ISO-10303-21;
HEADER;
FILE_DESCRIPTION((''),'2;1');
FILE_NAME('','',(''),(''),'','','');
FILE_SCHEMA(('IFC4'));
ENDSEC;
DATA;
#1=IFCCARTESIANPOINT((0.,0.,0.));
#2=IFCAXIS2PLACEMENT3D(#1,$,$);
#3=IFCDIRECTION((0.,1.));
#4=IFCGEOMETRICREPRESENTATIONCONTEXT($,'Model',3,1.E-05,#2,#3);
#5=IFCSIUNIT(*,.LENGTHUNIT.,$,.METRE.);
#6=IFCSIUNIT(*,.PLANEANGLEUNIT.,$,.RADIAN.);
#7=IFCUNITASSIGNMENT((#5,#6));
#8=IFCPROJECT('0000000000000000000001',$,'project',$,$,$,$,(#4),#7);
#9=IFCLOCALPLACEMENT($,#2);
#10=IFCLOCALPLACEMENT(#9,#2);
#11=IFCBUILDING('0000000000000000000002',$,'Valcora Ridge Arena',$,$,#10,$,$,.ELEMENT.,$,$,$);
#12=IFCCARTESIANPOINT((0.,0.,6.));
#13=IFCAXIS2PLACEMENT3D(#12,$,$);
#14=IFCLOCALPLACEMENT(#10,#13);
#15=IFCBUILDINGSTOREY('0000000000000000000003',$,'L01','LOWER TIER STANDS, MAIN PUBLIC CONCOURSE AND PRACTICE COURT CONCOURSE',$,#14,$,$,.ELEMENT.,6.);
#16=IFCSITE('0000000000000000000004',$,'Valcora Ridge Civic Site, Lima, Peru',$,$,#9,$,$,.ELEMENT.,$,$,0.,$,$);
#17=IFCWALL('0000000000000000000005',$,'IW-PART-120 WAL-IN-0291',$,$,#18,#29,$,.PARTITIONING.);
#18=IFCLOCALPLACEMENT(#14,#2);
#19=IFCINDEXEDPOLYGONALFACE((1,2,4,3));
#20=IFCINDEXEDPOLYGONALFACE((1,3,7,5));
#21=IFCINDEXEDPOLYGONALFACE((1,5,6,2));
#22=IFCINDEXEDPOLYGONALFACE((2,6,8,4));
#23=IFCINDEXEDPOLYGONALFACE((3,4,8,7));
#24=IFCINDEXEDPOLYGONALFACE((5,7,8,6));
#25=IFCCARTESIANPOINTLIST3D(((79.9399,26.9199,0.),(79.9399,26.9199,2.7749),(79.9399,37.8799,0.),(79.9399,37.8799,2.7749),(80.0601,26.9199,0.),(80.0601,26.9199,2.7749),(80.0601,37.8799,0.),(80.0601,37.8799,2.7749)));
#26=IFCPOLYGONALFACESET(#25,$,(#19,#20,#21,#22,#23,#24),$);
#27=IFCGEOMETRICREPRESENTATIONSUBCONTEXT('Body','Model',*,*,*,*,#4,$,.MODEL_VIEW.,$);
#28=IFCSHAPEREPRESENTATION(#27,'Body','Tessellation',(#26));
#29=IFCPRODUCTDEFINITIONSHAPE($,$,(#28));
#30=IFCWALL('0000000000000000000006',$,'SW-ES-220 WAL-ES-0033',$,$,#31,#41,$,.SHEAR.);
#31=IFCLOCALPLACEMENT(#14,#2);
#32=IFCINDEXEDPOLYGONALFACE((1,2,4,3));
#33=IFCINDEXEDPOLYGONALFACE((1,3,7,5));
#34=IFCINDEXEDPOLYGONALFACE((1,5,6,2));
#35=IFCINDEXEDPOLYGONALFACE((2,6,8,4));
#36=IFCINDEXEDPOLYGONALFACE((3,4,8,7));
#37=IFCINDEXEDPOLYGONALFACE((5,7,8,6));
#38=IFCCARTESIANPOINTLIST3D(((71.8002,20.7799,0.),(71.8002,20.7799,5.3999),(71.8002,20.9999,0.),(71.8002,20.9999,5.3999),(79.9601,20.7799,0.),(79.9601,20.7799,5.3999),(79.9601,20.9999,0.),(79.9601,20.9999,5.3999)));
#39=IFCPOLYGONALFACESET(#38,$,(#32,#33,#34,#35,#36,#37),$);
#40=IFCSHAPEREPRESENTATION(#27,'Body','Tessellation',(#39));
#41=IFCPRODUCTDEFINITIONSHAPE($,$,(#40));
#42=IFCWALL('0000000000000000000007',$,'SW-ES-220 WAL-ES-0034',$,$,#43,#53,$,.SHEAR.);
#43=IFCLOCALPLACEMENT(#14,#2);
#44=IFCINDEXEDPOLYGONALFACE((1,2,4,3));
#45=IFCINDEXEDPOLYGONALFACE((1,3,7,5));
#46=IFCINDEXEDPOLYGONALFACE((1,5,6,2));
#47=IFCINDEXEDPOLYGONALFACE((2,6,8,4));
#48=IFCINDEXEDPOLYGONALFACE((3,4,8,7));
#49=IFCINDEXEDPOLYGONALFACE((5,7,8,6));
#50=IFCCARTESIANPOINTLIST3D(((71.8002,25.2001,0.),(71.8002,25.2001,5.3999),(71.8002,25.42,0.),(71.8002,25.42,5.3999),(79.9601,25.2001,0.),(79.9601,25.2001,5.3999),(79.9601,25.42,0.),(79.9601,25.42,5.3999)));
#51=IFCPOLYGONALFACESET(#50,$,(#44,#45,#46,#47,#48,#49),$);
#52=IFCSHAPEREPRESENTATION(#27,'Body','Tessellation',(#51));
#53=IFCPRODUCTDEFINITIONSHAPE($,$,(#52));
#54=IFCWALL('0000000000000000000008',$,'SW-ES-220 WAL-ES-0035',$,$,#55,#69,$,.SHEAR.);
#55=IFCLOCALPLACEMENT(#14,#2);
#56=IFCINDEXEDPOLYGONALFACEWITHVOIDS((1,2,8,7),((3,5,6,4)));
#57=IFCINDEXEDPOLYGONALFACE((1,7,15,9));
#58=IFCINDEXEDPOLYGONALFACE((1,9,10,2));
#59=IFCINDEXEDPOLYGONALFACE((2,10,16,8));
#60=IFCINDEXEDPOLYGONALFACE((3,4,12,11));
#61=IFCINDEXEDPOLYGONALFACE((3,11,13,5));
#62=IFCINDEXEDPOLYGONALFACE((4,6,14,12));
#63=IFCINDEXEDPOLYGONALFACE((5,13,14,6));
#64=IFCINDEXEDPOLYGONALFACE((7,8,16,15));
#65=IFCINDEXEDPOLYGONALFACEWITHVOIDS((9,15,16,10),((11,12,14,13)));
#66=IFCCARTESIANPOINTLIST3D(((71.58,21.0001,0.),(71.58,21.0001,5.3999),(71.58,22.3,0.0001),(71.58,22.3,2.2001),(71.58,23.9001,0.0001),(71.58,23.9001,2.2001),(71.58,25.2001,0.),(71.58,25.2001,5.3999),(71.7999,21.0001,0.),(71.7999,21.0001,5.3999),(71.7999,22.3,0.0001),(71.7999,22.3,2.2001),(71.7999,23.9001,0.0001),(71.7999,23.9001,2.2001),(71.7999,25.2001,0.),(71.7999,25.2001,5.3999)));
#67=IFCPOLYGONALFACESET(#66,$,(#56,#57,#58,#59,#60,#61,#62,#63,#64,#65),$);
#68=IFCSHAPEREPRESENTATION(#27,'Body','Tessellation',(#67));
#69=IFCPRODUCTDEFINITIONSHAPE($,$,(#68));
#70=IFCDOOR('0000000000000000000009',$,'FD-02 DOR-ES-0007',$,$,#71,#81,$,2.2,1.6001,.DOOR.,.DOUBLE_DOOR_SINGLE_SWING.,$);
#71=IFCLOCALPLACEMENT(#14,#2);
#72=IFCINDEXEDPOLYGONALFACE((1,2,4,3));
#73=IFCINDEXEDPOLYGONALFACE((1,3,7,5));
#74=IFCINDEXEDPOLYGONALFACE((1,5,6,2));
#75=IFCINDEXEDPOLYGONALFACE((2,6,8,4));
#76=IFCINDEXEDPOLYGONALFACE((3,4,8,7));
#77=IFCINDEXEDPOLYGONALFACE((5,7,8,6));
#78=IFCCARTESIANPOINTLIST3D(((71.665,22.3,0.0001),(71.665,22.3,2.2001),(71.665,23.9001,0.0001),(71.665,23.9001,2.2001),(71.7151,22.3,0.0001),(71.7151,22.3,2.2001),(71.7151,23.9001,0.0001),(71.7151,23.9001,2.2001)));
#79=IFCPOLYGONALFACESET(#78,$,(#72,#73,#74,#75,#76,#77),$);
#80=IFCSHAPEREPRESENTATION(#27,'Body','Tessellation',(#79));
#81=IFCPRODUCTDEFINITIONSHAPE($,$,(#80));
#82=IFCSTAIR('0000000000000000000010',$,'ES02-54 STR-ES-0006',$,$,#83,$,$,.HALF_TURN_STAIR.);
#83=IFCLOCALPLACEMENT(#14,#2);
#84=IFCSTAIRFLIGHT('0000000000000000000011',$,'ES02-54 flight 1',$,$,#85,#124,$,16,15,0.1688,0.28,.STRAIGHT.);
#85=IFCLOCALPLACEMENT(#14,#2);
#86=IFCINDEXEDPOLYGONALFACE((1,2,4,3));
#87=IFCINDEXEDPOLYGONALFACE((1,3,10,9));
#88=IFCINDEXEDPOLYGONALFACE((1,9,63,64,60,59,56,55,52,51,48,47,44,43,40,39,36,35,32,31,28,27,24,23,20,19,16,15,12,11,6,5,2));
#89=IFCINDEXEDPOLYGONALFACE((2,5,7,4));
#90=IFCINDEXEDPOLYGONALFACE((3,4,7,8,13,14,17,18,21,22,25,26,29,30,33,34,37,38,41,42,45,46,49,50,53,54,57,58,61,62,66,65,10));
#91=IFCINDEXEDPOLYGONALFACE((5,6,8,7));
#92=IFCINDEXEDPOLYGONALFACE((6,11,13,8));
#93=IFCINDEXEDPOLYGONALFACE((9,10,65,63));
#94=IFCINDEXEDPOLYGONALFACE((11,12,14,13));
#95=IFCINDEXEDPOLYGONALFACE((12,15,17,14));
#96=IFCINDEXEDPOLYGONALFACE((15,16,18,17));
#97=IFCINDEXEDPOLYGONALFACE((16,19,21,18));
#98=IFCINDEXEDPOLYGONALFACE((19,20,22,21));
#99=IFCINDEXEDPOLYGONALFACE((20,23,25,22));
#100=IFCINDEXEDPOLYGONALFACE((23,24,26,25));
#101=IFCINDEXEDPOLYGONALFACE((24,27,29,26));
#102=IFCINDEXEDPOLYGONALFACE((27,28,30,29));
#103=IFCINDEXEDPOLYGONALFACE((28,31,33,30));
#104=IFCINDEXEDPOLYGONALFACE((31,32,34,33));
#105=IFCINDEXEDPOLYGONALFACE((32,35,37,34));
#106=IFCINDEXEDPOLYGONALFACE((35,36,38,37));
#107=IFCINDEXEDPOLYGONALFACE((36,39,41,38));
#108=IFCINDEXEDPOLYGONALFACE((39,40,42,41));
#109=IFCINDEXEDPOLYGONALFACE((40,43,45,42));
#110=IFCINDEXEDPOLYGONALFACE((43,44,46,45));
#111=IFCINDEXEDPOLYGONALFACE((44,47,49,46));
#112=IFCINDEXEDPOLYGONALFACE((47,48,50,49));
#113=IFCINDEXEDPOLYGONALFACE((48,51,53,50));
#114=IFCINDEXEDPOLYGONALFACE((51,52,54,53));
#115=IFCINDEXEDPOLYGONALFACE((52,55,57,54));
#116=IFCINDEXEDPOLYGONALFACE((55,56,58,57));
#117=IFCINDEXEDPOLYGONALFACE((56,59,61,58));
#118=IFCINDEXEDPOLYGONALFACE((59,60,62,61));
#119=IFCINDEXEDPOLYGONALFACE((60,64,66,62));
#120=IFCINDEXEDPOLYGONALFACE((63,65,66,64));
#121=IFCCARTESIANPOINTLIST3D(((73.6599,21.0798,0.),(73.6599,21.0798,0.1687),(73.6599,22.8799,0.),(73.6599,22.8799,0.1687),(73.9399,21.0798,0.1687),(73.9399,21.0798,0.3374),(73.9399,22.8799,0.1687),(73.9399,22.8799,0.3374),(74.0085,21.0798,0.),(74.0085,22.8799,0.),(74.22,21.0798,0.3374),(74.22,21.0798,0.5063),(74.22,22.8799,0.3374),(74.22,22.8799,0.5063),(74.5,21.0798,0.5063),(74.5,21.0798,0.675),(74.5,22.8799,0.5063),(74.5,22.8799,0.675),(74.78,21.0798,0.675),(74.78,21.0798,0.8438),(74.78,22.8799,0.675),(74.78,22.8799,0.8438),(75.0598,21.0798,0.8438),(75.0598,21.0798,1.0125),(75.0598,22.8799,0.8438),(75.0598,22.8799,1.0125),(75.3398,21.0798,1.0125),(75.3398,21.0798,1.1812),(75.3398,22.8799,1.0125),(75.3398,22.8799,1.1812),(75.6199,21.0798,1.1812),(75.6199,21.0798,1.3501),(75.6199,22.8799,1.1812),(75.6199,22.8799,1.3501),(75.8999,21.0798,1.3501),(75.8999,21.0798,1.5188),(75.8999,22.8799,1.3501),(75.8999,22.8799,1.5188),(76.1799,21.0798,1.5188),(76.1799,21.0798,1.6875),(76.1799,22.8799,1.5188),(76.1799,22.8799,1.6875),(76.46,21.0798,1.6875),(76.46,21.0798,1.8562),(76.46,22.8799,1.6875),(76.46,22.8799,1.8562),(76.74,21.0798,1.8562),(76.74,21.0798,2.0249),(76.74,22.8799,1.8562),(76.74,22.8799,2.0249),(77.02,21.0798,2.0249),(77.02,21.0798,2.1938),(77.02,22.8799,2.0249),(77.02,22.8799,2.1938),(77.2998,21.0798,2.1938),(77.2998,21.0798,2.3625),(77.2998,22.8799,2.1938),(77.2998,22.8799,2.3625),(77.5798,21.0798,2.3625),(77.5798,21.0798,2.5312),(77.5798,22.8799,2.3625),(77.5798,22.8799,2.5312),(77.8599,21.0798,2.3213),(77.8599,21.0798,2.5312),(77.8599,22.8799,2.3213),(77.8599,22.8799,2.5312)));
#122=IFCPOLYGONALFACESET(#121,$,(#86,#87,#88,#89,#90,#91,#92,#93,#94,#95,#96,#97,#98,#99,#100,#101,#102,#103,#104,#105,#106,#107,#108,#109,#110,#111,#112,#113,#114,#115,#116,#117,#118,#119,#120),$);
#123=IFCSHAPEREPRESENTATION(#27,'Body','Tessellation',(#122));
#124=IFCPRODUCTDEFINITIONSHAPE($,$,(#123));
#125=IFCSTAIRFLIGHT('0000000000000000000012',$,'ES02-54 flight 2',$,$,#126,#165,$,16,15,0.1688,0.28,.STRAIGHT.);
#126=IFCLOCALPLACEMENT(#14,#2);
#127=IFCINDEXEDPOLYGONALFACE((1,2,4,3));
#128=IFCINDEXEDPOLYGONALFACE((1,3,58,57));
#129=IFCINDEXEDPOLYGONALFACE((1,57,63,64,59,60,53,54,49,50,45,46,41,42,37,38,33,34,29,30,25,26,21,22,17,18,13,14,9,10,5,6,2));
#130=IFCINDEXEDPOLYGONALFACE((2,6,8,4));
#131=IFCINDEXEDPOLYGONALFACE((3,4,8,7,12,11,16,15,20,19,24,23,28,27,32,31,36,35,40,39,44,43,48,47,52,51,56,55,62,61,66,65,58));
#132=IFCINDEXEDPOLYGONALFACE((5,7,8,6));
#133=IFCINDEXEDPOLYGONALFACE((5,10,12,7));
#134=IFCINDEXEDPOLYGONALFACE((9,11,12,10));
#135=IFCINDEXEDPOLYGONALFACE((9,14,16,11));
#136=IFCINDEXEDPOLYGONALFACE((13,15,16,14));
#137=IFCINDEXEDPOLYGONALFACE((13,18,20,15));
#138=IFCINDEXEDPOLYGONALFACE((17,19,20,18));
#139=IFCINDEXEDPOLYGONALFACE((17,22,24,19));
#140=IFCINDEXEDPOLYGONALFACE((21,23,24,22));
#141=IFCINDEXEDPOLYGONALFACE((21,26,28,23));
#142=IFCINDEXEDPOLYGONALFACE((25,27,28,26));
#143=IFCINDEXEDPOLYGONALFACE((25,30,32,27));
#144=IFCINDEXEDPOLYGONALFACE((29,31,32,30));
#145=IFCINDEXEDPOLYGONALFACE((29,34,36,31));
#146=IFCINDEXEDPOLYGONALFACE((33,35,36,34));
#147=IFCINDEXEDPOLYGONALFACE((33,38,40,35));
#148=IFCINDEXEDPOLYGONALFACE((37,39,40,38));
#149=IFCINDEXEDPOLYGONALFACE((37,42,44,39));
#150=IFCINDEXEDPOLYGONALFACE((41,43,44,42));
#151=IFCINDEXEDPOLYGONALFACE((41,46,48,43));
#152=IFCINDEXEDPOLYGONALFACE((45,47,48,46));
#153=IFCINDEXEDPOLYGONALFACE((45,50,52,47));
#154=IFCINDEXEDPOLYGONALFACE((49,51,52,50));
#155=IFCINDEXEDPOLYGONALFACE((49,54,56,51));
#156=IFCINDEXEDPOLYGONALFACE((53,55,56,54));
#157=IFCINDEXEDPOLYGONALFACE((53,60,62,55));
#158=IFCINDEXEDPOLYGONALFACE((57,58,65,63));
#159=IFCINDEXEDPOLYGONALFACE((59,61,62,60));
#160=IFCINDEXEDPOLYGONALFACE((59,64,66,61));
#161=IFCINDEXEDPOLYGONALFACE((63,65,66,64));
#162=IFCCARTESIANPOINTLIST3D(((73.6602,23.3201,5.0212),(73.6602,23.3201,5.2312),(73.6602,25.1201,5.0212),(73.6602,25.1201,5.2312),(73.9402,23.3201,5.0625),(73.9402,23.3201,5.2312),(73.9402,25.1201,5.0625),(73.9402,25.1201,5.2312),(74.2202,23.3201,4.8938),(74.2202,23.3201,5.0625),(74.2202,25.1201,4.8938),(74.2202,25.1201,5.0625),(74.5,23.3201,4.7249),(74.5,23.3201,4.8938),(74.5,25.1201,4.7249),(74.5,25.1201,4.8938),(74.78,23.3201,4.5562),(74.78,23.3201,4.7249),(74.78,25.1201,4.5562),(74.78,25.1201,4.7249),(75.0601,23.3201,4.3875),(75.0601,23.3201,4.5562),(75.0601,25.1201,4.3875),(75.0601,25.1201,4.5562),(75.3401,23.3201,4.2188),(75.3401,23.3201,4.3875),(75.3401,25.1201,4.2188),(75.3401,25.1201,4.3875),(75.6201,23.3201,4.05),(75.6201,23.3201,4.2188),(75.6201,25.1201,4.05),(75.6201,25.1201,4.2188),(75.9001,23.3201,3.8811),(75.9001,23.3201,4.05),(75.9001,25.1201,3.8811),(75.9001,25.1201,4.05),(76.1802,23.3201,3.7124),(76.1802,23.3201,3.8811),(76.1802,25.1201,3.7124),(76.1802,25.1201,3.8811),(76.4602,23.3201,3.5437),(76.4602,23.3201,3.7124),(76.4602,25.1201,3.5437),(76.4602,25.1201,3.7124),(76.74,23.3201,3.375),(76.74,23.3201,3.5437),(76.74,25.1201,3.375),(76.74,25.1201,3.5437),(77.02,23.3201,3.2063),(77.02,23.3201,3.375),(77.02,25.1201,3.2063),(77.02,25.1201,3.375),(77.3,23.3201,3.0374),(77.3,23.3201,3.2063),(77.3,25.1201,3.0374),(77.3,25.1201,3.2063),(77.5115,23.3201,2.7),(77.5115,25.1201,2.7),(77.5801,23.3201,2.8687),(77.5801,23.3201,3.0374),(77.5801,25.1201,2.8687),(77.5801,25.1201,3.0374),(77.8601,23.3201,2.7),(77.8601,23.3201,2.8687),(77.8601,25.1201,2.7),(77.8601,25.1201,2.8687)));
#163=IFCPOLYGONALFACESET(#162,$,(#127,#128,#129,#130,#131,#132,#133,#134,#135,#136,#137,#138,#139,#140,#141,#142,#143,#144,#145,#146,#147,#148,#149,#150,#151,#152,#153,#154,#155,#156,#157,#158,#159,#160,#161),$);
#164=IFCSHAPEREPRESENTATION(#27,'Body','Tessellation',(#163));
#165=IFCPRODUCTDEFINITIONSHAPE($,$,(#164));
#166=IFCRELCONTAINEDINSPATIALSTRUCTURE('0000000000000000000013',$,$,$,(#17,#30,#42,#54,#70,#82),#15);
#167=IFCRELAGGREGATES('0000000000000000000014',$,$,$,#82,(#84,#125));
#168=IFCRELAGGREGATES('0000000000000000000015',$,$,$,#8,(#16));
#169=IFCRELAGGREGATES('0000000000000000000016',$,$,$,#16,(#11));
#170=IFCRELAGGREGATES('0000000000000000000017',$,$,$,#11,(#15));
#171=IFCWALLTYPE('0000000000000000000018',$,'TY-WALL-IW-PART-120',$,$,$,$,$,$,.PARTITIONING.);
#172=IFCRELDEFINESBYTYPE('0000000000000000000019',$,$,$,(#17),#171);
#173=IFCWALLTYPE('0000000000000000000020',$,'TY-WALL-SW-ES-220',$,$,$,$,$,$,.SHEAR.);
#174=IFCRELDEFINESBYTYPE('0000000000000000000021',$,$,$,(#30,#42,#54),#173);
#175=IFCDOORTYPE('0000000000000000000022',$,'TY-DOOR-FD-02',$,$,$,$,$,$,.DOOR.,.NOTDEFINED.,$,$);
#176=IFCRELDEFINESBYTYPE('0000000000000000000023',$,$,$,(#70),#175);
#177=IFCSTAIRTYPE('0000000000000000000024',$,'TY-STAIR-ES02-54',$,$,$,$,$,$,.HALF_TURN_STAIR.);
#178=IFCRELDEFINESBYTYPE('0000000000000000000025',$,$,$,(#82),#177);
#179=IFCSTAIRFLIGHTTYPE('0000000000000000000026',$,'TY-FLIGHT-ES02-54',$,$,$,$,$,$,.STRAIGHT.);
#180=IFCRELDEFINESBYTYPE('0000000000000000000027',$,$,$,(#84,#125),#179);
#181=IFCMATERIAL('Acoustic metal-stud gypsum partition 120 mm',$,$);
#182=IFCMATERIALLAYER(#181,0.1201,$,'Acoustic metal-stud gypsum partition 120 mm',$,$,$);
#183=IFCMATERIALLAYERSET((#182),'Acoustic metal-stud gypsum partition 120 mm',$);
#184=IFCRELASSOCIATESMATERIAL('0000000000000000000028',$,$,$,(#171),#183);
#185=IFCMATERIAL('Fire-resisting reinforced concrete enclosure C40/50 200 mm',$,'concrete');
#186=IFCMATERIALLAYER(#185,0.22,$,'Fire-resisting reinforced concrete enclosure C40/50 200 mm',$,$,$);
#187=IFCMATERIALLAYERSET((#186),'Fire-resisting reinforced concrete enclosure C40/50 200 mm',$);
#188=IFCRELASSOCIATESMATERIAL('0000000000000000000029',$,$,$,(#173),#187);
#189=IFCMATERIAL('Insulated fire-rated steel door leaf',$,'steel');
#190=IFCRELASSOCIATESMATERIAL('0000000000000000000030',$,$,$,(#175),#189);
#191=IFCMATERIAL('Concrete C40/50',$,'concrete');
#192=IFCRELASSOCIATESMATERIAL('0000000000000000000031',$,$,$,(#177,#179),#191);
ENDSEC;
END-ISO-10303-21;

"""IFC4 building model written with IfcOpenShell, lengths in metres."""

from ifc_helpers import new_model, si_unit, direction, frame, frame_2d, origin, place, context, subcontext, project, spatial, polyline, rectangle, outline, extrude, material, layer, layer_set, type_object, element, fill, aggregate, save


model = new_model("IFC4")

# Units and contexts
model_context = context("Model", 3, precision=1e-05, world=origin(), true_north=direction((0.0, 1.0)))
body_context = subcontext(model_context, "Body", "Model", "MODEL_VIEW")
ifc_project = project(units=[si_unit("LENGTHUNIT", "METRE"), si_unit("PLANEANGLEUNIT", "RADIAN")], contexts=[model_context])

# Site, building, storey
site_placement = place(None, origin())
site = spatial("IfcSite", under=ifc_project, at=site_placement, Name="Valcora Ridge Civic Site, Lima, Peru", CompositionType="ELEMENT", RefElevation=0.0)
building_placement = place(site_placement, origin())
building = spatial("IfcBuilding", under=site, at=building_placement, Name="Valcora Ridge Arena", CompositionType="ELEMENT")
storey_placement = place(building_placement, frame((0.0, 0.0, 6.0)))
storey = spatial("IfcBuildingStorey", under=building, at=storey_placement, Name="L01", Description="LOWER TIER STANDS, MAIN PUBLIC CONCOURSE AND PRACTICE COURT CONCOURSE", CompositionType="ELEMENT", Elevation=6.0)

# Shared definitions
ifc_material_1 = material(Name="Concrete C40/50", Category="concrete")

# Shared definitions
ifc_material_2 = material(Name="Acoustic metal-stud gypsum partition 120 mm")
ifc_layer_1 = layer(ifc_material_2, 0.1201, Name="Acoustic metal-stud gypsum partition 120 mm")
ifc_layer_set_1 = layer_set([ifc_layer_1], Name="Acoustic metal-stud gypsum partition 120 mm")
wall_type_1 = type_object("IfcWallType", Name="TY-WALL-IW-PART-120", PredefinedType="PARTITIONING", material=ifc_layer_set_1)

# Walls
wall_1_placement = place(storey_placement, frame((80.0, 26.9199, 0.0), z_axis=(0.0, 0.0, 1.0), x_axis=(0.0, 1.0, 0.0)))
element("IfcWall", 1, at=wall_1_placement, inside=storey, type_object=wall_type_1, Name="IW-PART-120 WAL-IN-0291", PredefinedType="PARTITIONING", context=body_context, shape_type="SweptSolid", body=[
    extrude(rectangle(XDim=10.96, YDim=0.1201, at=frame_2d((5.48, 0.0))), origin(), (0.0, 0.0, 1.0), 2.7749),
])
ifc_material_3 = material(Name="Fire-resisting reinforced concrete enclosure C40/50 200 mm", Category="concrete")
ifc_layer_2 = layer(ifc_material_3, 0.22, Name="Fire-resisting reinforced concrete enclosure C40/50 200 mm")
ifc_layer_set_2 = layer_set([ifc_layer_2], Name="Fire-resisting reinforced concrete enclosure C40/50 200 mm")
wall_type_2 = type_object("IfcWallType", Name="TY-WALL-SW-ES-220", PredefinedType="SHEAR", material=ifc_layer_set_2)
for number, where, z_axis, x_axis, name in (
    (2, (71.8, 20.8899, 0.0), (0.0, 0.0, 1.0), (1.0, 0.0, 0.0), "SW-ES-220 WAL-ES-0033"),
    (3, (71.8, 25.3101, 0.0), (0.0, 0.0, 1.0), (1.0, 0.0, 0.0), "SW-ES-220 WAL-ES-0034"),
):
    element("IfcWall", number, at=place(storey_placement, frame(where, z_axis=z_axis, x_axis=x_axis)), inside=storey, type_object=wall_type_2, Name=name, PredefinedType="SHEAR", context=body_context, shape_type="SweptSolid", body=[
        extrude(rectangle(XDim=8.1599, YDim=0.22, at=frame_2d((4.0801, 0.0))), origin(), (0.0, 0.0, 1.0), 5.3999),
    ])

# Wall, opening, door
wall_2_placement = place(storey_placement, frame((71.6899, 21.0, 0.0), z_axis=(0.0, 0.0, 1.0), x_axis=(0.0, 1.0, 0.0)))
wall_2 = element("IfcWall", 4, at=wall_2_placement, inside=storey, type_object=wall_type_2, Name="SW-ES-220 WAL-ES-0035", PredefinedType="SHEAR", context=body_context, shape_type="SweptSolid", body=[
    extrude(rectangle(XDim=4.2, YDim=0.22, at=frame_2d((2.1001, 0.0))), origin(), (0.0, 0.0, 1.0), 5.3999),
])
opening_1_placement = place(wall_2_placement, frame((1.3, 0.0, 0.0)))
opening_1 = element("IfcOpeningElement", 5, at=opening_1_placement, cuts=wall_2, PredefinedType="OPENING", context=body_context, shape_type="SweptSolid", body=[
    extrude(rectangle(XDim=1.6001, YDim=2.2, at=frame_2d((0.8, 1.1001))), frame((0.0, 0.1199, 0.0), z_axis=(0.0, -1.0, 0.0), x_axis=(1.0, 0.0, 0.0)), (0.0, 0.0, 1.0), 0.24),
])
ifc_material_4 = material(Name="Insulated fire-rated steel door leaf", Category="steel")
door_type_1 = type_object("IfcDoorType", Name="TY-DOOR-FD-02", OperationType="NOTDEFINED", PredefinedType="DOOR", material=ifc_material_4)
door_1_placement = place(opening_1_placement, origin())
door_1 = element("IfcDoor", 6, at=door_1_placement, inside=storey, type_object=door_type_1, Name="FD-02 DOR-ES-0007", OperationType="DOUBLE_DOOR_SINGLE_SWING", OverallHeight=2.2, OverallWidth=1.6001, PredefinedType="DOOR", context=body_context, shape_type="SweptSolid", body=[
    extrude(rectangle(XDim=1.6001, YDim=2.2, at=frame_2d((0.8, 1.1001))), frame((0.0, 0.0249, 0.0), z_axis=(0.0, -1.0, 0.0), x_axis=(1.0, 0.0, 0.0)), (0.0, 0.0, 1.0), 0.05),
])
fill(opening_1, door_1)

# Stair, stair flights
stair_type = type_object("IfcStairType", Name="TY-STAIR-ES02-54", PredefinedType="HALF_TURN_STAIR", material=ifc_material_1)
stair_placement = place(storey_placement, origin())
stair = element("IfcStair", 7, at=stair_placement, inside=storey, type_object=stair_type, Name="ES02-54 STR-ES-0006", PredefinedType="HALF_TURN_STAIR")
stair_flight_type = type_object("IfcStairFlightType", Name="TY-FLIGHT-ES02-54", PredefinedType="STRAIGHT", material=ifc_material_1)
stair_flight_1_placement = place(storey_placement, frame((73.6599, 21.98, 0.0), z_axis=(0.0, 0.0, 1.0), x_axis=(1.0, 0.0, 0.0)))
stair_flight_1 = element("IfcStairFlight", 8, at=stair_flight_1_placement, type_object=stair_flight_type, Name="ES02-54 flight 1", NumberOfRisers=16, NumberOfTreads=15, PredefinedType="STRAIGHT", RiserHeight=0.1688, TreadLength=0.28, context=body_context, shape_type="SweptSolid", body=[
    extrude(outline(polyline([(0.0, 0.0), (0.0, 0.1687), (0.28, 0.1687), (0.28, 0.3374), (0.5601, 0.3374), (0.5601, 0.5063), (0.8401, 0.5063), (0.8401, 0.675), (1.1201, 0.675), (1.1201, 0.8438), (1.3999, 0.8438), (1.3999, 1.0125), (1.6799, 1.0125), (1.6799, 1.1812), (1.96, 1.1812), (1.96, 1.3501), (2.24, 1.3501), (2.24, 1.5188), (2.52, 1.5188), (2.52, 1.6875), (2.8, 1.6875), (2.8, 1.8562), (3.0801, 1.8562), (3.0801, 2.0249), (3.3601, 2.0249), (3.3601, 2.1938), (3.6399, 2.1938), (3.6399, 2.3625), (3.9199, 2.3625), (3.9199, 2.5312), (4.2, 2.5312), (4.2, 2.7), (4.2, 2.3213), (0.3486, 0.0), (0.0, 0.0)])), frame((0.0, 0.8999, 0.0), z_axis=(0.0, -1.0, 0.0), x_axis=(1.0, 0.0, 0.0)), (0.0, 0.0, 1.0), 1.8),
])
stair_flight_2_placement = place(storey_placement, frame((77.8601, 24.22, 2.7), z_axis=(0.0, 0.0, 1.0), x_axis=(-1.0, 0.0, 0.0)))
stair_flight_2 = element("IfcStairFlight", 9, at=stair_flight_2_placement, type_object=stair_flight_type, Name="ES02-54 flight 2", NumberOfRisers=16, NumberOfTreads=15, PredefinedType="STRAIGHT", RiserHeight=0.1688, TreadLength=0.28, context=body_context, shape_type="SweptSolid", body=[
    extrude(outline(polyline([(0.0, 0.0), (0.0, 0.1687), (0.28, 0.1687), (0.28, 0.3374), (0.5601, 0.3374), (0.5601, 0.5063), (0.8401, 0.5063), (0.8401, 0.675), (1.1201, 0.675), (1.1201, 0.8438), (1.3999, 0.8438), (1.3999, 1.0125), (1.6799, 1.0125), (1.6799, 1.1812), (1.96, 1.1812), (1.96, 1.3501), (2.24, 1.3501), (2.24, 1.5188), (2.52, 1.5188), (2.52, 1.6875), (2.8, 1.6875), (2.8, 1.8562), (3.0801, 1.8562), (3.0801, 2.0249), (3.3601, 2.0249), (3.3601, 2.1938), (3.6399, 2.1938), (3.6399, 2.3625), (3.9199, 2.3625), (3.9199, 2.5312), (4.2, 2.5312), (4.2, 2.7), (4.2, 2.3213), (0.3486, 0.0), (0.0, 0.0)])), frame((0.0, 0.8999, 0.0), z_axis=(0.0, -1.0, 0.0), x_axis=(1.0, 0.0, 0.0)), (0.0, 0.0, 1.0), 1.8),
])
aggregate(stair, [stair_flight_1, stair_flight_2])

save(model, "model.ifc")
